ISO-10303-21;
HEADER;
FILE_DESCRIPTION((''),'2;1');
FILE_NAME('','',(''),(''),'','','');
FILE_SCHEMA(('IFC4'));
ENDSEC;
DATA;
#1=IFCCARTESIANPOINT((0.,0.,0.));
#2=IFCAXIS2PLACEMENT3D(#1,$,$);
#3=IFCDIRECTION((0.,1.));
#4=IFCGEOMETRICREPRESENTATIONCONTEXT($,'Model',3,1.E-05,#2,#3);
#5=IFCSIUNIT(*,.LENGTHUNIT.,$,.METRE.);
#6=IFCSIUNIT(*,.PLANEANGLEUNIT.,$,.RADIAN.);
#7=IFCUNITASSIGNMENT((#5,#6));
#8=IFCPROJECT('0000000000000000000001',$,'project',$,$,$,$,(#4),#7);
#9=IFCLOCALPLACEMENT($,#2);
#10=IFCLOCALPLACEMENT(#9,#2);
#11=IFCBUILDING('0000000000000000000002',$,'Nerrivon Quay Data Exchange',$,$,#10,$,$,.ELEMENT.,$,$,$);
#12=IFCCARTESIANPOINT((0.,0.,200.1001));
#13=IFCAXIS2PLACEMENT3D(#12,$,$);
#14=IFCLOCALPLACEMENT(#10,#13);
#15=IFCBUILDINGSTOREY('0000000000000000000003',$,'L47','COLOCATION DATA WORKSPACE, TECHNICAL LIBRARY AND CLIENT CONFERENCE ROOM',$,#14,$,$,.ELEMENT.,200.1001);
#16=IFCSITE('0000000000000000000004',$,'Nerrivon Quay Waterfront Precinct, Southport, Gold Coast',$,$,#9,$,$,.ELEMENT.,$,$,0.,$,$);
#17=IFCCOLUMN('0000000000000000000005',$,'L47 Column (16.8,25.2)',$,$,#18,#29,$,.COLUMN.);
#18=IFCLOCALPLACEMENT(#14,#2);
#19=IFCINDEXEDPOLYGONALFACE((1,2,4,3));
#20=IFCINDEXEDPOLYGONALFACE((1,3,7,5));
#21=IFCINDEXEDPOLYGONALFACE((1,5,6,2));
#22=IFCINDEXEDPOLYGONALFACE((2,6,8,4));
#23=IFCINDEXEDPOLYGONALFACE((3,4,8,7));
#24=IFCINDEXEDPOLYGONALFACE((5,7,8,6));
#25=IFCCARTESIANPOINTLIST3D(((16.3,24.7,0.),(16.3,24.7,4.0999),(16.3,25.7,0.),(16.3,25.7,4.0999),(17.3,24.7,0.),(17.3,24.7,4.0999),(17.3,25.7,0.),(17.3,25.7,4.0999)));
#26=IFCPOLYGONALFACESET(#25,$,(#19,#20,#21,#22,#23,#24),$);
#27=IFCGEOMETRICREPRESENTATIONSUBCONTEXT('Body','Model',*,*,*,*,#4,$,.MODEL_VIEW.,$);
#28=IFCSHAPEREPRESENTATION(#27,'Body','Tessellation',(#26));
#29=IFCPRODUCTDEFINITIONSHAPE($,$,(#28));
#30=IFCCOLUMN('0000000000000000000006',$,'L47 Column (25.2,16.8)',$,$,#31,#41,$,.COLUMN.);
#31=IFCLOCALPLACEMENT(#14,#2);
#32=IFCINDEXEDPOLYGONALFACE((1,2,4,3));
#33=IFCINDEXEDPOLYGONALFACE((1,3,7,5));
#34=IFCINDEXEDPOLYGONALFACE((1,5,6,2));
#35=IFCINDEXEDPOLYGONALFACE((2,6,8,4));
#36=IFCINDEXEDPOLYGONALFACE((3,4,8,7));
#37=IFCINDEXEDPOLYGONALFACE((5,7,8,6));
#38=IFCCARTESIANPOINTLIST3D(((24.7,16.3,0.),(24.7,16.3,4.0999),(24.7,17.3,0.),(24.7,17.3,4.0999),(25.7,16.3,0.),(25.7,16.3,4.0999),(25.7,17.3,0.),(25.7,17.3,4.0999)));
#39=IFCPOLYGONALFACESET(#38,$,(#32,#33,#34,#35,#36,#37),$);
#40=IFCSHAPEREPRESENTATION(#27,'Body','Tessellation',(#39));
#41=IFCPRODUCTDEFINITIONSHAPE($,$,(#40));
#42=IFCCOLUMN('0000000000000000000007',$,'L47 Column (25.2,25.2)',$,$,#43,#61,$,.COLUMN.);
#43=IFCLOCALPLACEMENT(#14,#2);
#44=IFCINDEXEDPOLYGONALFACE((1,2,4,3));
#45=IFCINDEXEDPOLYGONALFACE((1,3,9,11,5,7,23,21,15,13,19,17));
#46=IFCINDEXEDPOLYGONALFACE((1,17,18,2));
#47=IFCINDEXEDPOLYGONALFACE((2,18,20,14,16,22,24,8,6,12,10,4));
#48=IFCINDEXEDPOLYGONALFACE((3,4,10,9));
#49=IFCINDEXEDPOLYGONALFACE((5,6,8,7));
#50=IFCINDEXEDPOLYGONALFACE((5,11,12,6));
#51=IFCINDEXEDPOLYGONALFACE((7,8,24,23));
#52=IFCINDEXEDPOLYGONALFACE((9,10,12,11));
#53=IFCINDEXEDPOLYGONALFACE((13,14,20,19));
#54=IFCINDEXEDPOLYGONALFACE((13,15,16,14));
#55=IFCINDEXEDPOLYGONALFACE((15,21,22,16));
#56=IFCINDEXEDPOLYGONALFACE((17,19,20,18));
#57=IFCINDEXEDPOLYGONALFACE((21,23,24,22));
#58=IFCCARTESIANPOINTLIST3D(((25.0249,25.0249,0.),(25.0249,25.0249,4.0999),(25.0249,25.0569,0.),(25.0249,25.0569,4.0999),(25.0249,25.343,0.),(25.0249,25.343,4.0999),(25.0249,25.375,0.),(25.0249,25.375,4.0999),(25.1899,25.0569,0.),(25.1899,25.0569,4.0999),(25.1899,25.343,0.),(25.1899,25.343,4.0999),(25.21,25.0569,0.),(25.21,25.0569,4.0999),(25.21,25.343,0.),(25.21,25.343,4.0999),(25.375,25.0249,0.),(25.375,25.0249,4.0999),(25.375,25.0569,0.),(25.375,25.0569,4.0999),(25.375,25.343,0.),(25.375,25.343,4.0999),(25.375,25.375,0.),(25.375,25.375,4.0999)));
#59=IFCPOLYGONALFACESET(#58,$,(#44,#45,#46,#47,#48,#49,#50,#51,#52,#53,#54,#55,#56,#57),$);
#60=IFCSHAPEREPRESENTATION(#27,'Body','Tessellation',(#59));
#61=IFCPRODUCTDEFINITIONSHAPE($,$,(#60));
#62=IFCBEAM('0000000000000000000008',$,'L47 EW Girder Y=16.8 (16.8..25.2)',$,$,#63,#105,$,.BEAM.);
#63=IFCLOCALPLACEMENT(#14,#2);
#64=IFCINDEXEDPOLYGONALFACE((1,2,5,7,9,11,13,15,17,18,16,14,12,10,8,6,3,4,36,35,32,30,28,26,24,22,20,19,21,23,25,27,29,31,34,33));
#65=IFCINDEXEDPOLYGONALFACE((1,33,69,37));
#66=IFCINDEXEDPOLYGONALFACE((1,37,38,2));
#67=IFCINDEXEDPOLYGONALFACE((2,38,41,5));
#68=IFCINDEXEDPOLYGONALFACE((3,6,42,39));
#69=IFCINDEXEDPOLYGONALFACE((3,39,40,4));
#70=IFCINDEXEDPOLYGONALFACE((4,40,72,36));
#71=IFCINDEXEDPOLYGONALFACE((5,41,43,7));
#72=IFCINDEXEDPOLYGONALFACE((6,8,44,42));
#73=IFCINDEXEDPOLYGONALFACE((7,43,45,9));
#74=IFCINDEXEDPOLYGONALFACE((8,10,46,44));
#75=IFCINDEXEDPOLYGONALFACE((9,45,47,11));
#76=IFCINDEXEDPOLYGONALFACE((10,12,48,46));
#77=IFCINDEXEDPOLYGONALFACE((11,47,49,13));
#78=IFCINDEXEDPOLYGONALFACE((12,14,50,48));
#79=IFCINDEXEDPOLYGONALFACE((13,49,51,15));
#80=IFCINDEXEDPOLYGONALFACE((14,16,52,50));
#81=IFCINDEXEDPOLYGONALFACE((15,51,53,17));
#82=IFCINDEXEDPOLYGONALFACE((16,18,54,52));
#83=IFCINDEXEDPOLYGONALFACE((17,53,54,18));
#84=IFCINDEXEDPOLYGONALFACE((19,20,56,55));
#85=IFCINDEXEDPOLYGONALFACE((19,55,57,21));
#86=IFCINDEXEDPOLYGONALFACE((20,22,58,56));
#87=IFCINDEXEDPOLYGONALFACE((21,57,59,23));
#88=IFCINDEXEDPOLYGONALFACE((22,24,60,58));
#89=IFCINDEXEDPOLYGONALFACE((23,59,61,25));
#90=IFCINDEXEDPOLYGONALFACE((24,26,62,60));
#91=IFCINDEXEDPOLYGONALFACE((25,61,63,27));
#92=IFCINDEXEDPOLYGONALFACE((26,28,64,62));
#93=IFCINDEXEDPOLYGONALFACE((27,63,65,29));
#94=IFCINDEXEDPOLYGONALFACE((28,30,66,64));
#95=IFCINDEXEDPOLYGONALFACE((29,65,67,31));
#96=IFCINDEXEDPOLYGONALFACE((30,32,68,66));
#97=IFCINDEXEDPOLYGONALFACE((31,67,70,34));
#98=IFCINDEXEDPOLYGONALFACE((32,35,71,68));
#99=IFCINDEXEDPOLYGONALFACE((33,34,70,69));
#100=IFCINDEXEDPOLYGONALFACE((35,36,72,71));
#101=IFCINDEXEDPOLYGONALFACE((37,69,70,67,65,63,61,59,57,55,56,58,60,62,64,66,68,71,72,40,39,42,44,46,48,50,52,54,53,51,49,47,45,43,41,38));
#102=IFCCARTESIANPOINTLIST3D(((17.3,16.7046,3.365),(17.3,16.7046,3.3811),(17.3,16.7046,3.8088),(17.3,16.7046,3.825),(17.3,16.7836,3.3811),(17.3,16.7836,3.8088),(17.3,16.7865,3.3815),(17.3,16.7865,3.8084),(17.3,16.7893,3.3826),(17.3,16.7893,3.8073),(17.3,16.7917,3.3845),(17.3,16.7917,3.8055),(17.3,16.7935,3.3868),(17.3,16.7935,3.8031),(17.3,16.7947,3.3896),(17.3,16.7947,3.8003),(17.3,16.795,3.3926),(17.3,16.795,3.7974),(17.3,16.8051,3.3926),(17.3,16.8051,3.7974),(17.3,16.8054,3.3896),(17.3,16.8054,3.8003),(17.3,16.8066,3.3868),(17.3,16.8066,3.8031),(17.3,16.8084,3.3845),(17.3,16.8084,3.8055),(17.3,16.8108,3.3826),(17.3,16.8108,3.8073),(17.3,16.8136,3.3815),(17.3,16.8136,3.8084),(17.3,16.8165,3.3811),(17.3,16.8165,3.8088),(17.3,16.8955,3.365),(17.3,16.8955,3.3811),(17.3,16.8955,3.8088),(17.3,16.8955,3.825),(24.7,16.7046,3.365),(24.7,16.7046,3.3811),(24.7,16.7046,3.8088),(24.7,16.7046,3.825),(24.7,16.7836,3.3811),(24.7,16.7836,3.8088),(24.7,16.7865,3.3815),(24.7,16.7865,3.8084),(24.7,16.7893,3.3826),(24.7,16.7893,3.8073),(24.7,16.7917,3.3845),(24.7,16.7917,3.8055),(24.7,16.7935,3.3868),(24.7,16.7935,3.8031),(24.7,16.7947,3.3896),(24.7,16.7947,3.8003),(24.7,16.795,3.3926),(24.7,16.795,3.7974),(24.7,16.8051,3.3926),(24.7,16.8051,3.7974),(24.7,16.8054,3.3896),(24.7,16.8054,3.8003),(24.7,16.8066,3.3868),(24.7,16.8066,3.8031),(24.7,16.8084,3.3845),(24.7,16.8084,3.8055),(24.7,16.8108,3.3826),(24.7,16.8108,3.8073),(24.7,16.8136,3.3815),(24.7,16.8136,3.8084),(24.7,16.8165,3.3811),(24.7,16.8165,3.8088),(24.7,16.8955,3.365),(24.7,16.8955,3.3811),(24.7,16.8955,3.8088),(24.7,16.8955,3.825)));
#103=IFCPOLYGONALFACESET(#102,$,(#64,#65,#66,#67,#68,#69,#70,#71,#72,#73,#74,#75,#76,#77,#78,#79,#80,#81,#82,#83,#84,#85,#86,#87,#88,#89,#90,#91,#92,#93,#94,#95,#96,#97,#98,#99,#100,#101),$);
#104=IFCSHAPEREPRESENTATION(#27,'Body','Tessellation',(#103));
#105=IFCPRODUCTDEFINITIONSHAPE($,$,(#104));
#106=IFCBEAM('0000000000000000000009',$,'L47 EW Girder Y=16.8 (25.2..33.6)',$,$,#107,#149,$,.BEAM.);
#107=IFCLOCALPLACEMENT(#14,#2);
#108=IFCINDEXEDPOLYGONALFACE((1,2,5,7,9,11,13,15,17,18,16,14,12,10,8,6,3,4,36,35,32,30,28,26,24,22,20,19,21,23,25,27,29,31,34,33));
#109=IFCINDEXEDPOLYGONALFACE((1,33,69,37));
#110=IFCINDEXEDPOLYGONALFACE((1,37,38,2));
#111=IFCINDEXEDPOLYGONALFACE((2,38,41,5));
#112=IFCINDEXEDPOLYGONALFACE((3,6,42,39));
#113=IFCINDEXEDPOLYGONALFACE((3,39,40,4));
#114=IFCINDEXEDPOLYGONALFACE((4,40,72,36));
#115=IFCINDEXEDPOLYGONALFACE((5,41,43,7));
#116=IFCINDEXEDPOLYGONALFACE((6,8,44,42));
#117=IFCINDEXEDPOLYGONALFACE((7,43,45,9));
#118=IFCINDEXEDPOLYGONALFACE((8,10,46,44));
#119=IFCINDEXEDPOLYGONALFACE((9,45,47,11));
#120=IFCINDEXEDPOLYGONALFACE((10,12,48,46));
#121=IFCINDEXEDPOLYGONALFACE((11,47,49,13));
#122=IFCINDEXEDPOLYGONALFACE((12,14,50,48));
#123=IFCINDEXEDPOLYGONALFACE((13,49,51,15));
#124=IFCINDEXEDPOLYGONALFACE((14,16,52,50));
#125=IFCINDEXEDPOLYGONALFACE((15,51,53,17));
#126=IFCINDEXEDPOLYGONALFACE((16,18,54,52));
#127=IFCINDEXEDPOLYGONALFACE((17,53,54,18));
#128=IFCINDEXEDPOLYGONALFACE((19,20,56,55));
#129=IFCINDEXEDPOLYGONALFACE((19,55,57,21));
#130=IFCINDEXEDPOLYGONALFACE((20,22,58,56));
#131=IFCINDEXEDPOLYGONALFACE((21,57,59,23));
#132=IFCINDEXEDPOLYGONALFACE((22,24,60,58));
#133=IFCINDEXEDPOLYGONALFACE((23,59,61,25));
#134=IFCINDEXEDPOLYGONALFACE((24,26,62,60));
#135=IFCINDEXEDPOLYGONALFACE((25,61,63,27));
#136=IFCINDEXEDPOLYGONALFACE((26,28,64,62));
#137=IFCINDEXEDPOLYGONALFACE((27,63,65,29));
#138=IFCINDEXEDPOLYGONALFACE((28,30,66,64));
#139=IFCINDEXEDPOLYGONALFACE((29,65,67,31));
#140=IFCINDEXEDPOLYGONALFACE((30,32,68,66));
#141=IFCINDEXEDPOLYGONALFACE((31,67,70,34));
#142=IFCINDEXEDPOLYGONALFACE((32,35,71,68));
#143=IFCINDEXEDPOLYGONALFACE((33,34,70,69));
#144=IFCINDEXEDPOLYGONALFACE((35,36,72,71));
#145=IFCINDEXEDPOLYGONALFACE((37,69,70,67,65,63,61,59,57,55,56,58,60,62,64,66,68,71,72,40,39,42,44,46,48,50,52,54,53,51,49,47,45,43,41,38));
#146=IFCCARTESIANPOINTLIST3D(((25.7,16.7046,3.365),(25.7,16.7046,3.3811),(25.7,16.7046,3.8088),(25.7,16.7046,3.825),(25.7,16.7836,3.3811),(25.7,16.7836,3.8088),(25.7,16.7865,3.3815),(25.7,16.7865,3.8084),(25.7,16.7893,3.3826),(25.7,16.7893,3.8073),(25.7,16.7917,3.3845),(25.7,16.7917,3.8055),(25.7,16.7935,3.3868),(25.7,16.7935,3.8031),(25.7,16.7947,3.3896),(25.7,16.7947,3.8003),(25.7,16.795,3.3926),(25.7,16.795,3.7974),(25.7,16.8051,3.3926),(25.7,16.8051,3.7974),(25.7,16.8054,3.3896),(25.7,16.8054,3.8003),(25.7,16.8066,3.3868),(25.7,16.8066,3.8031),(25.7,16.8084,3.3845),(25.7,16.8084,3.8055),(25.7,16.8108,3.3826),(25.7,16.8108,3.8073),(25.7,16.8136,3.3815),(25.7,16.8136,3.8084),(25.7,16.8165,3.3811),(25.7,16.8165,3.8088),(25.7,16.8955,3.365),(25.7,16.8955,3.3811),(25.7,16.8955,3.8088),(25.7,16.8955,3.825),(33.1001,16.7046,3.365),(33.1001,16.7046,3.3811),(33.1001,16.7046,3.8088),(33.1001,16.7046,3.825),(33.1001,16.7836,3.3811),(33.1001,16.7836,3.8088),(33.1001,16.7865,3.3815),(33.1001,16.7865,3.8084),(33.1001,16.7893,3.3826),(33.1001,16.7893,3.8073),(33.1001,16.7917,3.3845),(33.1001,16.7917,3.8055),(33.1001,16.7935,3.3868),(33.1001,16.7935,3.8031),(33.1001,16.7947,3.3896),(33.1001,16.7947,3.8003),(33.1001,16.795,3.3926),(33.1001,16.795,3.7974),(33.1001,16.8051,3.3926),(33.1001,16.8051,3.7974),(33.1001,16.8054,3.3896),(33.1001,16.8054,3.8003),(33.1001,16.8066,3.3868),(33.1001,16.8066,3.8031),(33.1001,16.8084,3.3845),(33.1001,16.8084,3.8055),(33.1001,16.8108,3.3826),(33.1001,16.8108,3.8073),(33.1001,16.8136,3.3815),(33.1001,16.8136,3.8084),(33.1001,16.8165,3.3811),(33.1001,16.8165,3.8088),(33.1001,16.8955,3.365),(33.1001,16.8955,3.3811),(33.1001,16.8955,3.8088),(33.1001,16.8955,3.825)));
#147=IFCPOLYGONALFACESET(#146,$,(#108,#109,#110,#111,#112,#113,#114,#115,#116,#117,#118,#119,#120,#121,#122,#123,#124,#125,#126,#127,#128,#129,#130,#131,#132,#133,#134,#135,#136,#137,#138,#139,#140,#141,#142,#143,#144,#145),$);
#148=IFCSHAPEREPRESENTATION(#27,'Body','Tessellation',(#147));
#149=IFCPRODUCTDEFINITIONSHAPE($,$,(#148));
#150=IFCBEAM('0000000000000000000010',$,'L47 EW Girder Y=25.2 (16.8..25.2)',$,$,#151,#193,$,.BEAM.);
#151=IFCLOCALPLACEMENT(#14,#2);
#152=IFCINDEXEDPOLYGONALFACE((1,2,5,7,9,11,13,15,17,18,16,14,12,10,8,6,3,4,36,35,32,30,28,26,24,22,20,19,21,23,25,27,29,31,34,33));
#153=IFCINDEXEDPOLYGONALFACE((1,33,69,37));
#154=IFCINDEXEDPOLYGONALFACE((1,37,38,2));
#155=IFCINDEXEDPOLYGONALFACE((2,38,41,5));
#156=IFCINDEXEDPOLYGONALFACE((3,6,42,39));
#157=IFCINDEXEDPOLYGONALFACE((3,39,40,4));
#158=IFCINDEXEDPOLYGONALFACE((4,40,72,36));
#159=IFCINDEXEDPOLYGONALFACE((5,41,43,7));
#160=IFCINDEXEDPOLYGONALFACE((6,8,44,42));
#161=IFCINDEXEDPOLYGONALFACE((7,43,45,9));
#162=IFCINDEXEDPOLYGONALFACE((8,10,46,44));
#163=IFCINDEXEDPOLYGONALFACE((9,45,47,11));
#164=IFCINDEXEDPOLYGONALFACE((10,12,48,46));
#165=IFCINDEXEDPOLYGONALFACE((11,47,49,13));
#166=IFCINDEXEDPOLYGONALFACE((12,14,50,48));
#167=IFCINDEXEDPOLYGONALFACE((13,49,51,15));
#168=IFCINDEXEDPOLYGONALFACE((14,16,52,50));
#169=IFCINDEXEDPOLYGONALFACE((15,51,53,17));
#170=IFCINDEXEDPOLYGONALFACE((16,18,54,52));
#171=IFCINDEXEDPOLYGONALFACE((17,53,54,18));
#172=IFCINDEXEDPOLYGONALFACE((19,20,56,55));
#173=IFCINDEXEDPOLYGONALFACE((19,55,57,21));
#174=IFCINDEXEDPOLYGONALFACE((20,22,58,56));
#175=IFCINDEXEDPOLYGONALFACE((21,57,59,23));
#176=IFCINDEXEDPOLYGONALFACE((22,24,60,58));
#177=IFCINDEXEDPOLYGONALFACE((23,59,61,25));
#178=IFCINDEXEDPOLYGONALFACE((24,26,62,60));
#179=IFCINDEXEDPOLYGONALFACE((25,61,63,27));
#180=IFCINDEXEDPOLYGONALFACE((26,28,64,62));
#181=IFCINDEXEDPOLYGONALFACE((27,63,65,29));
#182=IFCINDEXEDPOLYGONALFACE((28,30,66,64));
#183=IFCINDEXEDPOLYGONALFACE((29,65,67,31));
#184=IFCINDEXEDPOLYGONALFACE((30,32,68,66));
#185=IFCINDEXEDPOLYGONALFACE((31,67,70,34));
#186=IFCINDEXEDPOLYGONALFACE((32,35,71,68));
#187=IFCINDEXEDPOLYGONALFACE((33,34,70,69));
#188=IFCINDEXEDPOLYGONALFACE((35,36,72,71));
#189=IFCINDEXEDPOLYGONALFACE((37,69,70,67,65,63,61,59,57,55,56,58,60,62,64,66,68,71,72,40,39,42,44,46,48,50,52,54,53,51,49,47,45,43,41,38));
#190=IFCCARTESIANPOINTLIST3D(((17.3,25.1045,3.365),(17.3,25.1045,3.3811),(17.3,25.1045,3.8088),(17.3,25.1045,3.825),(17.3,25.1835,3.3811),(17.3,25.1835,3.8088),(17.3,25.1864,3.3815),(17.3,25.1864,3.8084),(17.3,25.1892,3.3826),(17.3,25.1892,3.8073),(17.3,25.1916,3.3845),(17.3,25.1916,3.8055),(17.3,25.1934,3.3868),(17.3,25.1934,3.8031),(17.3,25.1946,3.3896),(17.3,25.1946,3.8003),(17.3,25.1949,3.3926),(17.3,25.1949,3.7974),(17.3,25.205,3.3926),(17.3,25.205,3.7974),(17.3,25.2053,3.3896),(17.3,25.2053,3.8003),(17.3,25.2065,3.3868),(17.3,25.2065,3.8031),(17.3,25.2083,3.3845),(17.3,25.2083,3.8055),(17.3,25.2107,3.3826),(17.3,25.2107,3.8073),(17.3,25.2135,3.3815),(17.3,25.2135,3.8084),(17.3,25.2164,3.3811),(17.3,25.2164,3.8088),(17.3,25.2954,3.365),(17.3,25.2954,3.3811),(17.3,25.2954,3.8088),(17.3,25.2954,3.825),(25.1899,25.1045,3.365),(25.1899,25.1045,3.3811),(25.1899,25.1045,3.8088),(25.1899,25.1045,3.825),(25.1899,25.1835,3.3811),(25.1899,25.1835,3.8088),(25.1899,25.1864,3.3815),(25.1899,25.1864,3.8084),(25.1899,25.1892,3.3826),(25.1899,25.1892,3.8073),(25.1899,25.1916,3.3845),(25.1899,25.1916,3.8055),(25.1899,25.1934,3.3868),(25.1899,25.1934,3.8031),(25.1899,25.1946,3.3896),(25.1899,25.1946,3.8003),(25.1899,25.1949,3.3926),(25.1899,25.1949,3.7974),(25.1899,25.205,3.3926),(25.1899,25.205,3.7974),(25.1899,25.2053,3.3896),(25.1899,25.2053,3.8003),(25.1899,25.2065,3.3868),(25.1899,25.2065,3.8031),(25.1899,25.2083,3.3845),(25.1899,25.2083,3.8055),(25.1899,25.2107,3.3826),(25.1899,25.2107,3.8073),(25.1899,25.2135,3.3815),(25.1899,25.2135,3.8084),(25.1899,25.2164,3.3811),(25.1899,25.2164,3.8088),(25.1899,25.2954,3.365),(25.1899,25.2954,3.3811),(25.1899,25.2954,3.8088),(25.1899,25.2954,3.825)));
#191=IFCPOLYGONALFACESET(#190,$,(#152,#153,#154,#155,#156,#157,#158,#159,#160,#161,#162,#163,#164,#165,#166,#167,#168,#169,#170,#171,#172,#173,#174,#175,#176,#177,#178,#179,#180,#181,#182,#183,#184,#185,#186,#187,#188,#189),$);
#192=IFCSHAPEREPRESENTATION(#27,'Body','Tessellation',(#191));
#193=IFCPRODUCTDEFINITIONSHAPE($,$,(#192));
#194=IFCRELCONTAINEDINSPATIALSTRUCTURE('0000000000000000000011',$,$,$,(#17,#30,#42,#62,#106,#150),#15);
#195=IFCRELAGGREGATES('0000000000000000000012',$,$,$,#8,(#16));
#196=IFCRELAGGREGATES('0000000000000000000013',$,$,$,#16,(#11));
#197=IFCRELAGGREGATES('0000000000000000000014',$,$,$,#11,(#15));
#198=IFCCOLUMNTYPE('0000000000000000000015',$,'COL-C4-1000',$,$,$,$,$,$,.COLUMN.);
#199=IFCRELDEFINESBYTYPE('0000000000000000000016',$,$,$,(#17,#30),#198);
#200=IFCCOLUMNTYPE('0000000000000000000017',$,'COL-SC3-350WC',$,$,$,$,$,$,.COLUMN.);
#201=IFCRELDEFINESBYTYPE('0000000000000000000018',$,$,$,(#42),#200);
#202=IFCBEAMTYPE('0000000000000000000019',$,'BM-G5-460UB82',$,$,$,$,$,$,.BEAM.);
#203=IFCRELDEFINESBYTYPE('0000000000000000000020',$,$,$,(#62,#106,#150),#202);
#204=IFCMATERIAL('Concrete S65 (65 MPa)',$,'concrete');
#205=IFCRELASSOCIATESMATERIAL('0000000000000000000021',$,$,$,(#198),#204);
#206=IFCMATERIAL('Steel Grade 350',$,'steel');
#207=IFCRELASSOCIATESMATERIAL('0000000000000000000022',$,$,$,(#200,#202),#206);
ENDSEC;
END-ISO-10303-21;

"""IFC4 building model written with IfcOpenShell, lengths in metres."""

from ifc_helpers import new_model, si_unit, direction, frame, origin, origin_2d, place, context, subcontext, project, spatial, rectangle, i_section, extrude, material, material_profile, profile_set, type_object, element, save


model = new_model("IFC4")

# Units and contexts
model_context = context("Model", 3, precision=1e-05, world=origin(), true_north=direction((0.0, 1.0)))
body_context = subcontext(model_context, "Body", "Model", "MODEL_VIEW")
ifc_project = project(units=[si_unit("LENGTHUNIT", "METRE"), si_unit("PLANEANGLEUNIT", "RADIAN")], contexts=[model_context])

# Site, building, storey
site_placement = place(None, origin())
site = spatial("IfcSite", under=ifc_project, at=site_placement, Name="Nerrivon Quay Waterfront Precinct, Southport, Gold Coast", CompositionType="ELEMENT", RefElevation=0.0)
building_placement = place(site_placement, origin())
building = spatial("IfcBuilding", under=site, at=building_placement, Name="Nerrivon Quay Data Exchange", CompositionType="ELEMENT")
storey_placement = place(building_placement, frame((0.0, 0.0, 200.1001)))
storey = spatial("IfcBuildingStorey", under=building, at=storey_placement, Name="L47", Description="COLOCATION DATA WORKSPACE, TECHNICAL LIBRARY AND CLIENT CONFERENCE ROOM", CompositionType="ELEMENT", Elevation=200.1001)

# Columns
ifc_material_1 = material(Name="Concrete S65 (65 MPa)", Category="concrete")
ifc_material_profile_1 = material_profile(ifc_material_1, rectangle(XDim=1.0, YDim=1.0, at=origin_2d()), Name="RC-COL-1000x1000")
ifc_profile_set_1 = profile_set([ifc_material_profile_1], Name="Concrete S65 (65 MPa)")
column_type_1 = type_object("IfcColumnType", Name="COL-C4-1000", PredefinedType="COLUMN", material=ifc_profile_set_1)
for number, where, z_axis, x_axis, name in (
    (1, (16.8, 25.2, 0.0), (0.0, 0.0, 1.0), (1.0, 0.0, 0.0), "L47 Column (16.8,25.2)"),
    (2, (25.2, 16.8, 0.0), (0.0, 0.0, 1.0), (1.0, 0.0, 0.0), "L47 Column (25.2,16.8)"),
):
    element("IfcColumn", number, at=place(storey_placement, frame(where, z_axis=z_axis, x_axis=x_axis)), inside=storey, type_object=column_type_1, Name=name, PredefinedType="COLUMN", context=body_context, shape_type="SweptSolid", body=[
        extrude(rectangle(XDim=1.0, YDim=1.0, at=origin_2d()), origin(), (0.0, 0.0, 1.0), 4.0999),
    ])
ifc_material_2 = material(Name="Steel Grade 350", Category="steel")
ifc_material_profile_2 = material_profile(ifc_material_2, i_section(OverallWidth=0.3501, OverallDepth=0.3501, WebThickness=0.02, FlangeThickness=0.032, at=origin_2d()), Name="350WC230")
ifc_profile_set_2 = profile_set([ifc_material_profile_2], Name="Steel Grade 350")
column_type_2 = type_object("IfcColumnType", Name="COL-SC3-350WC", PredefinedType="COLUMN", material=ifc_profile_set_2)
column_placement = place(storey_placement, frame((25.2, 25.2, 0.0), z_axis=(0.0, 0.0, 1.0), x_axis=(1.0, 0.0, 0.0)))
element("IfcColumn", 3, at=column_placement, inside=storey, type_object=column_type_2, Name="L47 Column (25.2,25.2)", PredefinedType="COLUMN", context=body_context, shape_type="SweptSolid", body=[
    extrude(i_section(OverallWidth=0.3501, OverallDepth=0.3501, WebThickness=0.02, FlangeThickness=0.032, at=origin_2d()), origin(), (0.0, 0.0, 1.0), 4.0999),
])

# Beams
ifc_material_profile_3 = material_profile(ifc_material_2, i_section(OverallWidth=0.1909, OverallDepth=0.46, WebThickness=0.01, FlangeThickness=0.0161, FilletRadius=0.0115, at=origin_2d()), Name="460UB82.1")
ifc_profile_set_3 = profile_set([ifc_material_profile_3], Name="Steel Grade 350")
beam_type_1 = type_object("IfcBeamType", Name="BM-G5-460UB82", PredefinedType="BEAM", material=ifc_profile_set_3)
beam_1_placement = place(storey_placement, frame((17.3, 16.8, 3.595), z_axis=(1.0, 0.0, 0.0), x_axis=(0.0, 1.0, 0.0)))
element("IfcBeam", 4, at=beam_1_placement, inside=storey, type_object=beam_type_1, Name="L47 EW Girder Y=16.8 (16.8..25.2)", PredefinedType="BEAM", context=body_context, shape_type="SweptSolid", body=[
    extrude(i_section(OverallWidth=0.1909, OverallDepth=0.46, WebThickness=0.01, FlangeThickness=0.0161, FilletRadius=0.0115, at=origin_2d()), origin(), (0.0, 0.0, 1.0), 7.3999),
])
beam_2_placement = place(storey_placement, frame((25.7, 16.8, 3.595), z_axis=(1.0, 0.0, 0.0), x_axis=(0.0, 1.0, 0.0)))
element("IfcBeam", 5, at=beam_2_placement, inside=storey, type_object=beam_type_1, Name="L47 EW Girder Y=16.8 (25.2..33.6)", PredefinedType="BEAM", context=body_context, shape_type="SweptSolid", body=[
    extrude(i_section(OverallWidth=0.1909, OverallDepth=0.46, WebThickness=0.01, FlangeThickness=0.0161, FilletRadius=0.0115, at=origin_2d()), origin(), (0.0, 0.0, 1.0), 7.4001),
])
beam_3_placement = place(storey_placement, frame((17.3, 25.2, 3.595), z_axis=(1.0, 0.0, 0.0), x_axis=(0.0, 1.0, 0.0)))
element("IfcBeam", 6, at=beam_3_placement, inside=storey, type_object=beam_type_1, Name="L47 EW Girder Y=25.2 (16.8..25.2)", PredefinedType="BEAM", context=body_context, shape_type="SweptSolid", body=[
    extrude(i_section(OverallWidth=0.1909, OverallDepth=0.46, WebThickness=0.01, FlangeThickness=0.0161, FilletRadius=0.0115, at=origin_2d()), origin(), (0.0, 0.0, 1.0), 7.8899),
])

save(model, "model.ifc")
